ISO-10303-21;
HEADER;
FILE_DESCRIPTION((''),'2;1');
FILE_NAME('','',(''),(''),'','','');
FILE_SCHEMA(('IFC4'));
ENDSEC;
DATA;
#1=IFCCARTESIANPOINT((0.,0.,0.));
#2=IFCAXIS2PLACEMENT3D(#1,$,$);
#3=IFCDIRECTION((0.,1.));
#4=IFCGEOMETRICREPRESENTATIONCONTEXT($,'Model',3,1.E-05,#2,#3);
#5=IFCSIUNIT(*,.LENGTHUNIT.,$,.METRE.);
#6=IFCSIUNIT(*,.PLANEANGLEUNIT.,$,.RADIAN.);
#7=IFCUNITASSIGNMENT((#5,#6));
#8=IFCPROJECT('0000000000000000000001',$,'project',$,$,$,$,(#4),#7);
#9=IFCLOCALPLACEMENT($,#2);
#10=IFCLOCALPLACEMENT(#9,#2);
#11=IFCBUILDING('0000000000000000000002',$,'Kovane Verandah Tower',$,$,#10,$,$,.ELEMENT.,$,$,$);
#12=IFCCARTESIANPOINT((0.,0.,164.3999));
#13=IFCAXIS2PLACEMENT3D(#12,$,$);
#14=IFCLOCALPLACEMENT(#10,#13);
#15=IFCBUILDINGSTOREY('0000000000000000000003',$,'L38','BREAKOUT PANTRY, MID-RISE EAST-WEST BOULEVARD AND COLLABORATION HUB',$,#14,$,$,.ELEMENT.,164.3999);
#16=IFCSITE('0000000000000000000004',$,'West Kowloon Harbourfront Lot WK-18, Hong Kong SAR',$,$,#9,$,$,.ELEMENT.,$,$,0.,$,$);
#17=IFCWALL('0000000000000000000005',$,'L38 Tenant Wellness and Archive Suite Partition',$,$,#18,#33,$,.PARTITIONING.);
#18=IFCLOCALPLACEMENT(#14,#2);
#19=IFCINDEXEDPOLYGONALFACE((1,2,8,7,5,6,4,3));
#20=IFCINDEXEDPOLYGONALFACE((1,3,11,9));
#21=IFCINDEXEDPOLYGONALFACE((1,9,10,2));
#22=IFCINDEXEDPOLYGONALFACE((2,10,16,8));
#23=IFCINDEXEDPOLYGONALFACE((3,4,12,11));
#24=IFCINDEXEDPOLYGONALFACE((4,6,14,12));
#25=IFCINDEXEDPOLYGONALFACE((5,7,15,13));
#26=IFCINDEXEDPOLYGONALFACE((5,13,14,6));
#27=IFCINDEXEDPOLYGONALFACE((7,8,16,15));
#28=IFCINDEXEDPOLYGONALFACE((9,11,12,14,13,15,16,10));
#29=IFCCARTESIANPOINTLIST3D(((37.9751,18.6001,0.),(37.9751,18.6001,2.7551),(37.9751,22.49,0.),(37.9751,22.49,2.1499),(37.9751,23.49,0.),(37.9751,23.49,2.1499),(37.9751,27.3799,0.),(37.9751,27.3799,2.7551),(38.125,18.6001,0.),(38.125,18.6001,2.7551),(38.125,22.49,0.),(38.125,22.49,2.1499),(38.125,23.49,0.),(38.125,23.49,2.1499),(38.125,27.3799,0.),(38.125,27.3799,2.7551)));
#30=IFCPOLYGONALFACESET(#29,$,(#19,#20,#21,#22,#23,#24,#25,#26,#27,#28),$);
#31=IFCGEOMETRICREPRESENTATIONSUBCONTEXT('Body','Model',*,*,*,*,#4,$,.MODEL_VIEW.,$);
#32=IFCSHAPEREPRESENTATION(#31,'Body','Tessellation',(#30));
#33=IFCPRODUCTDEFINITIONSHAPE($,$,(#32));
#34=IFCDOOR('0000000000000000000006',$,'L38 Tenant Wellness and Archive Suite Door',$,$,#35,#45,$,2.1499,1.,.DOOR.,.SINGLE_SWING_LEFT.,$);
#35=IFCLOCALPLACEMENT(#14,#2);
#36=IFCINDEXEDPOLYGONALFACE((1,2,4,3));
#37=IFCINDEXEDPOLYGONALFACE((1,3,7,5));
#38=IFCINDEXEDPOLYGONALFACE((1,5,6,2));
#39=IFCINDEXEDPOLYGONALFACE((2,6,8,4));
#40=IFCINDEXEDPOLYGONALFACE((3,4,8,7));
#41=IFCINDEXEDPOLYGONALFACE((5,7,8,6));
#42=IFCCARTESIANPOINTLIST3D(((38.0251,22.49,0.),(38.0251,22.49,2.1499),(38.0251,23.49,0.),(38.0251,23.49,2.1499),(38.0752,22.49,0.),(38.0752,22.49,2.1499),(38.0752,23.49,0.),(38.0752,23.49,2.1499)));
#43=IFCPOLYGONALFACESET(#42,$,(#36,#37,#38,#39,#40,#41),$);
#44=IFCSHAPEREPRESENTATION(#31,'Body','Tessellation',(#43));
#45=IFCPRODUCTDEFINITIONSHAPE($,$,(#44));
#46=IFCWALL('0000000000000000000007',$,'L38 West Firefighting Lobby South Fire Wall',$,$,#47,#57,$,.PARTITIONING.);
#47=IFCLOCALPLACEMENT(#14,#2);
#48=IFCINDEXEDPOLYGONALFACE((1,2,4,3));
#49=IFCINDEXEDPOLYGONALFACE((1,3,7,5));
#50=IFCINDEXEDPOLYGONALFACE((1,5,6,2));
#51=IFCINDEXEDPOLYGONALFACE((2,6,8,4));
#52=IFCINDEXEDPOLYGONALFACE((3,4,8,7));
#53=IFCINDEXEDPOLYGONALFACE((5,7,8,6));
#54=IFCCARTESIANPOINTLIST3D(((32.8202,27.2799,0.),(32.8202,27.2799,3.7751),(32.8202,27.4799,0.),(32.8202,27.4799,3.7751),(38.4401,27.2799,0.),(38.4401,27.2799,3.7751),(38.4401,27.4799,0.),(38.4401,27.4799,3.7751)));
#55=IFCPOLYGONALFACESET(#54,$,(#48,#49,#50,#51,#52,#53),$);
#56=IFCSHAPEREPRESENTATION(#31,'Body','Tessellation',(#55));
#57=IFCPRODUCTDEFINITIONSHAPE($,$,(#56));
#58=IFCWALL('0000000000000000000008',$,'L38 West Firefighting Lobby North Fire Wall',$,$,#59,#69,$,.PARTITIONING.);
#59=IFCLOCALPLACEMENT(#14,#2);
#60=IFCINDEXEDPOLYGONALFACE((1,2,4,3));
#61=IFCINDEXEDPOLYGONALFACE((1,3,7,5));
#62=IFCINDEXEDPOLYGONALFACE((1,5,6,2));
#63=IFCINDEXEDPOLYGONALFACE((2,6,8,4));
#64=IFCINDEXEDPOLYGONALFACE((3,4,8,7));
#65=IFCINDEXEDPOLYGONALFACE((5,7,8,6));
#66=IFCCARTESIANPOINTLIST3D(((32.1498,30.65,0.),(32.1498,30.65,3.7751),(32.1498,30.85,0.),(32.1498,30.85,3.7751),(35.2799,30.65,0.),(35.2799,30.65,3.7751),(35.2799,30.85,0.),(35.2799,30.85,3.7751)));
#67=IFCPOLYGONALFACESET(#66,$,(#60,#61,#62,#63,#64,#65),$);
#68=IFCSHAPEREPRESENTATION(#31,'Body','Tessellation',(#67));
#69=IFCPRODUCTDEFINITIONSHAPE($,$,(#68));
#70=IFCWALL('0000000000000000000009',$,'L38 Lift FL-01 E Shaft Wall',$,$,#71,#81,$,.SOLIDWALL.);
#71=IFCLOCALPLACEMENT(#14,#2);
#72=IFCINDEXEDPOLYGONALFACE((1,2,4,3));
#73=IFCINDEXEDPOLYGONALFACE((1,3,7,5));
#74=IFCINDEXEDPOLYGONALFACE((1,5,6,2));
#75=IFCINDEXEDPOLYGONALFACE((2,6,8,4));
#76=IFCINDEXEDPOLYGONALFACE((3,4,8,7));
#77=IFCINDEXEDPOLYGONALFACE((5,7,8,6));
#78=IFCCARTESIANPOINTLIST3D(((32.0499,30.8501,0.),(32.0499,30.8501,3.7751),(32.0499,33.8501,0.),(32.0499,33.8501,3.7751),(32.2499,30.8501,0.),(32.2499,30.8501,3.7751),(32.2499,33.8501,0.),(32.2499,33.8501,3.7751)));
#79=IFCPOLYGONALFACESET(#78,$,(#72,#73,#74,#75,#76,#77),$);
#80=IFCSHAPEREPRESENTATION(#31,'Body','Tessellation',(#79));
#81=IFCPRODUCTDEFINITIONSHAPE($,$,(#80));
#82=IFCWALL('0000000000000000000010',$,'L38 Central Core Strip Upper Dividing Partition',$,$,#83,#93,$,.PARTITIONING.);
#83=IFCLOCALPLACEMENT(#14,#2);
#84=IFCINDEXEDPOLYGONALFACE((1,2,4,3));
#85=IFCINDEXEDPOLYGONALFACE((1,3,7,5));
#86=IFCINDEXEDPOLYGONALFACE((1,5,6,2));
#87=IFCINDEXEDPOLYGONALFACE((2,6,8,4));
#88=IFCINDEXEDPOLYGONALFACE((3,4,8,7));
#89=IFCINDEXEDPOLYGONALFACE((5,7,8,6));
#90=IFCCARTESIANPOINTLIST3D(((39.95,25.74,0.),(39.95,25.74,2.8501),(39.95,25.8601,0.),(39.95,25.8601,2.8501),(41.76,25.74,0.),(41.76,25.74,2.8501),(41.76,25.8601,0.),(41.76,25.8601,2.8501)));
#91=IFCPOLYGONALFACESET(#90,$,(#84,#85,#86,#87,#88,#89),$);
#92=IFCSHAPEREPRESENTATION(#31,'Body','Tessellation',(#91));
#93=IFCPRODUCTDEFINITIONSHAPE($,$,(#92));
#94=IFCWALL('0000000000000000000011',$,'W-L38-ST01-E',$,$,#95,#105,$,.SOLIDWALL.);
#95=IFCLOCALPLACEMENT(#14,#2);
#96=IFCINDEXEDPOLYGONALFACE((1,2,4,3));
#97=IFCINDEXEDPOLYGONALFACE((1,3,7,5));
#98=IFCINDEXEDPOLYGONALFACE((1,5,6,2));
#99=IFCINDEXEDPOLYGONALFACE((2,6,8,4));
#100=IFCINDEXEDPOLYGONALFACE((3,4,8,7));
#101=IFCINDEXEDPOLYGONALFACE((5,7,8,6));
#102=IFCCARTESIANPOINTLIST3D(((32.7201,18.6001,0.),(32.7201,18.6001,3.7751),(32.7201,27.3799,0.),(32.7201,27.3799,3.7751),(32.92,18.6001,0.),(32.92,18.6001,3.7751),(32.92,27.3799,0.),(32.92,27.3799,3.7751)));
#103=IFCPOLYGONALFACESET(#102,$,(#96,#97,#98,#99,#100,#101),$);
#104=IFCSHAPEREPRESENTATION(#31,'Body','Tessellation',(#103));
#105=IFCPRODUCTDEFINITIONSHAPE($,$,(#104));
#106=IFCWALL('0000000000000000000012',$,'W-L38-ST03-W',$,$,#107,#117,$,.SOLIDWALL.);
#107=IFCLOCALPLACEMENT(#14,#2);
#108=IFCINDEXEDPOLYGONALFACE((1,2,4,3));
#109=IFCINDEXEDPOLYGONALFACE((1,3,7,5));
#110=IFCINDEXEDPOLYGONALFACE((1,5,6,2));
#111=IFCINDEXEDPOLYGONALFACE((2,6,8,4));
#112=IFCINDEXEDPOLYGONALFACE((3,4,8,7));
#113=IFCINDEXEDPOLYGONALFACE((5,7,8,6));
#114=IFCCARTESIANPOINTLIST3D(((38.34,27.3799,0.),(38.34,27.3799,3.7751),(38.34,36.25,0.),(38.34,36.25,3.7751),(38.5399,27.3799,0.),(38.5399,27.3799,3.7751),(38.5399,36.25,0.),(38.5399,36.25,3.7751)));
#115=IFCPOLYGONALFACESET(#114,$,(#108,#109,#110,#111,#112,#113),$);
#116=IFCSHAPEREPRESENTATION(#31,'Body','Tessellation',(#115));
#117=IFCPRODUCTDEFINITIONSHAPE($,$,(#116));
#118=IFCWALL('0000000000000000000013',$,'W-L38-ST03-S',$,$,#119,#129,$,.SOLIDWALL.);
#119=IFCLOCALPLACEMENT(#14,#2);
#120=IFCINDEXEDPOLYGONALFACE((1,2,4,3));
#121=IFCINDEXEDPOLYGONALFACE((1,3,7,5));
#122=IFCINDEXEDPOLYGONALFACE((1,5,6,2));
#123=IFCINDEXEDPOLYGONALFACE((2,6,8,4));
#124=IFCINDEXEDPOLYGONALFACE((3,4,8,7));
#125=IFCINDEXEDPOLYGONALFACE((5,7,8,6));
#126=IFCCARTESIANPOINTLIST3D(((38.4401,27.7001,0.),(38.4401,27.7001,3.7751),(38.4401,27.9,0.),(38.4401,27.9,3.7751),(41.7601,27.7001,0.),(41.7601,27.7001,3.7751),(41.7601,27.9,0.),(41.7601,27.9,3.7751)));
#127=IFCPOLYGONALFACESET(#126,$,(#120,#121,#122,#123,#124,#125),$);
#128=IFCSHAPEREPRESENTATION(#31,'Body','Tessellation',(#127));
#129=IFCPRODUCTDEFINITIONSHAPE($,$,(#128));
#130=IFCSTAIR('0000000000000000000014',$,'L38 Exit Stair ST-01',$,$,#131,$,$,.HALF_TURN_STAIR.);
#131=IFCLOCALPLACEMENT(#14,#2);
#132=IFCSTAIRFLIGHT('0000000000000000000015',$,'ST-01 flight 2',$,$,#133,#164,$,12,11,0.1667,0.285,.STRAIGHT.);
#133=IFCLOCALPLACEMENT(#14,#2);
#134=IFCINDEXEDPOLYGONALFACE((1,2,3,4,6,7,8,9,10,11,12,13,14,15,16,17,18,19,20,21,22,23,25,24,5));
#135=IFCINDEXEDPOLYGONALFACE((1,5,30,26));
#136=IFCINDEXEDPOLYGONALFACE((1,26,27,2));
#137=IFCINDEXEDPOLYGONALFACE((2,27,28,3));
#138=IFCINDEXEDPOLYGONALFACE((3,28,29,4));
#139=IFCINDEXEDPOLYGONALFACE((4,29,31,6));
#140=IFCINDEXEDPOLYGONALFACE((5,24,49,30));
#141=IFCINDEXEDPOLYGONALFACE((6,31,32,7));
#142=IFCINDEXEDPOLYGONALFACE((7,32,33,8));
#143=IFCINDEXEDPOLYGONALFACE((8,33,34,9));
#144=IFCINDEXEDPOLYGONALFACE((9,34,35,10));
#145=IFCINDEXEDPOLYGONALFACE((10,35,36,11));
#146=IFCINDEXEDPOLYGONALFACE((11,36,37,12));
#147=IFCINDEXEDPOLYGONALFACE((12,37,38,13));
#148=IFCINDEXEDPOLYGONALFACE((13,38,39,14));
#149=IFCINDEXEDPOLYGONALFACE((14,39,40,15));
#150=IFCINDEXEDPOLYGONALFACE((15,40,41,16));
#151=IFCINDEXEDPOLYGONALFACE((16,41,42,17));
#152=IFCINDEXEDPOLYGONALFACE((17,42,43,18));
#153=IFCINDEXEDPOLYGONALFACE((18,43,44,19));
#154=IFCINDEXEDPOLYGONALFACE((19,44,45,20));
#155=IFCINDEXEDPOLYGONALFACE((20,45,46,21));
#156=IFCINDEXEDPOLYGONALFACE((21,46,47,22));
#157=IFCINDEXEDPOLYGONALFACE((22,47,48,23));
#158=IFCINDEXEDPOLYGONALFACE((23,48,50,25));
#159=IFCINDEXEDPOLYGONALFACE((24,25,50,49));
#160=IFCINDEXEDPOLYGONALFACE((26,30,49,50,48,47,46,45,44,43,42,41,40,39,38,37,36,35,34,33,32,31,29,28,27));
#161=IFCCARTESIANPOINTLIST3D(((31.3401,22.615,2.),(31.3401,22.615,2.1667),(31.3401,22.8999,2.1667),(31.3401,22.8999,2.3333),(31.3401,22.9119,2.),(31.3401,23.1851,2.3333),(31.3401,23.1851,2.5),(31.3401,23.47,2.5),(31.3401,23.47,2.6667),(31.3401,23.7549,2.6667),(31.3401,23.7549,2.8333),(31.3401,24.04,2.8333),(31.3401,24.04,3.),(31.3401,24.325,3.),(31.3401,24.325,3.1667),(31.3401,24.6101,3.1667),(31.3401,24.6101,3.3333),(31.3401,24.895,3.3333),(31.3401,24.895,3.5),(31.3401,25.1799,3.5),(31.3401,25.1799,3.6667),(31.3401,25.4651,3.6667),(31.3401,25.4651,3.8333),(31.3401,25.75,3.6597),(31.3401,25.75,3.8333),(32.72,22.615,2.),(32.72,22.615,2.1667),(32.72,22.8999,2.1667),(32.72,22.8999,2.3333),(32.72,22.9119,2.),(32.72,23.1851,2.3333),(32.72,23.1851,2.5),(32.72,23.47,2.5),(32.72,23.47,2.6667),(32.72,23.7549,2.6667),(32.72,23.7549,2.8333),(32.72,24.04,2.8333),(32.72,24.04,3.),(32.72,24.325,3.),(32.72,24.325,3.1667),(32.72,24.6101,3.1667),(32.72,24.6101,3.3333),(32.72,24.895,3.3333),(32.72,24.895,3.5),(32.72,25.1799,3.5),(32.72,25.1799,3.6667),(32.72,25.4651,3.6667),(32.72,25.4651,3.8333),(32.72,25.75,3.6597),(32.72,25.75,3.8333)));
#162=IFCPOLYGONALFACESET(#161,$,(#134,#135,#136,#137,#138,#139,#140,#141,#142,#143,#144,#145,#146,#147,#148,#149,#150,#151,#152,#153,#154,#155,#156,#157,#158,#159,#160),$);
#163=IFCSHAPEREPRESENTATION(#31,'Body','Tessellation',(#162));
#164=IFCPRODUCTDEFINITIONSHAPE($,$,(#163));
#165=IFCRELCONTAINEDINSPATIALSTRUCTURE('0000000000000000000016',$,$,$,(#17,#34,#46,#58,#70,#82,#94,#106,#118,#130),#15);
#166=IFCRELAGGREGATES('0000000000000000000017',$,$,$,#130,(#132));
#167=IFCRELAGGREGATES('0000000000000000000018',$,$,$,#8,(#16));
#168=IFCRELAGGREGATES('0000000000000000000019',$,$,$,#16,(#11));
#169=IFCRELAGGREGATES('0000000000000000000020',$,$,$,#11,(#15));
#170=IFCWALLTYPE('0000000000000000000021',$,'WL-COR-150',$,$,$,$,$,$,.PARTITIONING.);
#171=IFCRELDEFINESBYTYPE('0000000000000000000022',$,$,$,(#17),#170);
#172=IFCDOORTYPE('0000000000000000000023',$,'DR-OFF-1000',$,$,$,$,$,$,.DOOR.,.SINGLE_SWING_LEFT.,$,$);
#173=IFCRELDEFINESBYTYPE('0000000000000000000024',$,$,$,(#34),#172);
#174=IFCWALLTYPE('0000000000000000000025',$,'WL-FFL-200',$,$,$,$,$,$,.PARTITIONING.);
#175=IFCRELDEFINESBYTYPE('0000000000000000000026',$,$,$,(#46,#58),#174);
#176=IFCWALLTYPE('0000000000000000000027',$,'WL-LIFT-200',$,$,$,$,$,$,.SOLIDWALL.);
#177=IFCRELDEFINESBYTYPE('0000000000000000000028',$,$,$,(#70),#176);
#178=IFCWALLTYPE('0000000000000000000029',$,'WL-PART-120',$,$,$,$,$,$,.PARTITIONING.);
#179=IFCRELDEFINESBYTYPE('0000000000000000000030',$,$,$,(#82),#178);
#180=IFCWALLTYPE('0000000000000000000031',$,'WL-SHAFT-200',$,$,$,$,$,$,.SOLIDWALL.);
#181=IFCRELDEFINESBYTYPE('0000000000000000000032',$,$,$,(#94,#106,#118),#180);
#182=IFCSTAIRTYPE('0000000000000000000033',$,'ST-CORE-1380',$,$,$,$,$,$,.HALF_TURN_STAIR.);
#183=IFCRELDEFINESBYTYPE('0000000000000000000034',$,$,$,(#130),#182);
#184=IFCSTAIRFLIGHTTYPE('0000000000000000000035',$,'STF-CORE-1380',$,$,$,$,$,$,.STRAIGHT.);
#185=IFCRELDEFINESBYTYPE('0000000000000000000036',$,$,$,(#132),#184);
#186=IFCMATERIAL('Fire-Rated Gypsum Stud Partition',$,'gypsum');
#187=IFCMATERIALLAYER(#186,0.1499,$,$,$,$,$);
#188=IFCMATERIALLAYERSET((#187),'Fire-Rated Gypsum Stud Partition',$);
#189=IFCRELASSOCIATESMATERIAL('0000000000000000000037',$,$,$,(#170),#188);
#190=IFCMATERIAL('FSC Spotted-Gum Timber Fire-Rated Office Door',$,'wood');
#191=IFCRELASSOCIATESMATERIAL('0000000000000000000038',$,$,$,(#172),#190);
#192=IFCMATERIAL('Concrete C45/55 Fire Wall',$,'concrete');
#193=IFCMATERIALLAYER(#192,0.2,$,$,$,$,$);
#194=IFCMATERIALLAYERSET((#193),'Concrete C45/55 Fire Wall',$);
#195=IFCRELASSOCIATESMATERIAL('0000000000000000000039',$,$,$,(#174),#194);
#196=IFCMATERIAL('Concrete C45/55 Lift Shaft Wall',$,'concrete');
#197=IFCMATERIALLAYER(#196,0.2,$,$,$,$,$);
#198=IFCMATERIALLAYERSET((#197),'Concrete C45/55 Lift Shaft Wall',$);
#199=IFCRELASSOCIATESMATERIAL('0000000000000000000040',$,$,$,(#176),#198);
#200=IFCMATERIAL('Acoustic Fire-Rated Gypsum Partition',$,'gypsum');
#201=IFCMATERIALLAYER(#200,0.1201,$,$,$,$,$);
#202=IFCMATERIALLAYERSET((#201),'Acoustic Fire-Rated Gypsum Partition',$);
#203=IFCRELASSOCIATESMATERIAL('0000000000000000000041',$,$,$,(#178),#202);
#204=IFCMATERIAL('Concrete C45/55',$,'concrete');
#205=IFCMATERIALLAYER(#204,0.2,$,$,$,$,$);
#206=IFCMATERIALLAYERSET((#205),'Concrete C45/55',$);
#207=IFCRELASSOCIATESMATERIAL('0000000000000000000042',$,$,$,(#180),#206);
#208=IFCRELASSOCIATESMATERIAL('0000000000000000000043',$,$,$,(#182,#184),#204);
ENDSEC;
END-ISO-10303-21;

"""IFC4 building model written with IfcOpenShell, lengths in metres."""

from ifc_helpers import new_model, si_unit, direction, frame, frame_2d, origin, place, context, subcontext, project, spatial, polyline, rectangle, outline, extrude, material, layer, layer_set, type_object, element, fill, aggregate, save


model = new_model("IFC4")

# Units and contexts
model_context = context("Model", 3, precision=1e-05, world=origin(), true_north=direction((0.0, 1.0)))
body_context = subcontext(model_context, "Body", "Model", "MODEL_VIEW")
ifc_project = project(units=[si_unit("LENGTHUNIT", "METRE"), si_unit("PLANEANGLEUNIT", "RADIAN")], contexts=[model_context])

# Site, building, storey
site_placement = place(None, origin())
site = spatial("IfcSite", under=ifc_project, at=site_placement, Name="West Kowloon Harbourfront Lot WK-18, Hong Kong SAR", CompositionType="ELEMENT", RefElevation=0.0)
building_placement = place(site_placement, origin())
building = spatial("IfcBuilding", under=site, at=building_placement, Name="Kovane Verandah Tower", CompositionType="ELEMENT")
storey_placement = place(building_placement, frame((0.0, 0.0, 164.3999)))
storey = spatial("IfcBuildingStorey", under=building, at=storey_placement, Name="L38", Description="BREAKOUT PANTRY, MID-RISE EAST-WEST BOULEVARD AND COLLABORATION HUB", CompositionType="ELEMENT", Elevation=164.3999)

# Shared definitions
ifc_material_1 = material(Name="Fire-Rated Gypsum Stud Partition", Category="gypsum")
ifc_layer_1 = layer(ifc_material_1, 0.1499)
ifc_layer_set_1 = layer_set([ifc_layer_1], Name="Fire-Rated Gypsum Stud Partition")
wall_type_1 = type_object("IfcWallType", Name="WL-COR-150", PredefinedType="PARTITIONING", material=ifc_layer_set_1)

# Wall, opening, door
wall_1_placement = place(storey_placement, frame((38.05, 18.6001, 0.0), z_axis=(0.0, 0.0, 1.0), x_axis=(0.0, 1.0, 0.0)))
wall_1 = element("IfcWall", 1, at=wall_1_placement, inside=storey, type_object=wall_type_1, Name="L38 Tenant Wellness and Archive Suite Partition", PredefinedType="PARTITIONING", context=body_context, shape_type="SweptSolid", body=[
    extrude(rectangle(XDim=8.7798, YDim=0.1499, at=frame_2d((4.3899, 0.0))), origin(), (0.0, 0.0, 1.0), 2.7551),
])
opening_1_placement = place(wall_1_placement, frame((3.8899, 0.0, 0.0)))
opening_1 = element("IfcOpeningElement", 2, at=opening_1_placement, cuts=wall_1, PredefinedType="OPENING", context=body_context, shape_type="SweptSolid", body=[
    extrude(rectangle(XDim=1.0, YDim=2.1499, at=frame_2d((0.5, 1.075))), frame((0.0, 0.075, 0.0), z_axis=(0.0, -1.0, 0.0), x_axis=(1.0, 0.0, 0.0)), (0.0, 0.0, 1.0), 0.1499),
])
ifc_material_2 = material(Name="FSC Spotted-Gum Timber Fire-Rated Office Door", Category="wood")
door_type_1 = type_object("IfcDoorType", Name="DR-OFF-1000", OperationType="SINGLE_SWING_LEFT", PredefinedType="DOOR", material=ifc_material_2)
door_1_placement = place(opening_1_placement, origin())
door_1 = element("IfcDoor", 3, at=door_1_placement, inside=storey, type_object=door_type_1, Name="L38 Tenant Wellness and Archive Suite Door", OperationType="SINGLE_SWING_LEFT", OverallHeight=2.1499, OverallWidth=1.0, PredefinedType="DOOR", context=body_context, shape_type="SweptSolid", body=[
    extrude(rectangle(XDim=1.0, YDim=2.1499, at=frame_2d((0.5, 1.075))), frame((0.0, 0.0249, 0.0), z_axis=(0.0, -1.0, 0.0), x_axis=(1.0, 0.0, 0.0)), (0.0, 0.0, 1.0), 0.05),
])
fill(opening_1, door_1)
ifc_material_3 = material(Name="Concrete C45/55 Fire Wall", Category="concrete")
ifc_layer_2 = layer(ifc_material_3, 0.2)
ifc_layer_set_2 = layer_set([ifc_layer_2], Name="Concrete C45/55 Fire Wall")
wall_type_2 = type_object("IfcWallType", Name="WL-FFL-200", PredefinedType="PARTITIONING", material=ifc_layer_set_2)

# Walls
wall_2_placement = place(storey_placement, frame((32.8201, 27.3799, 0.0), z_axis=(0.0, 0.0, 1.0), x_axis=(1.0, 0.0, 0.0)))
element("IfcWall", 4, at=wall_2_placement, inside=storey, type_object=wall_type_2, Name="L38 West Firefighting Lobby South Fire Wall", PredefinedType="PARTITIONING", context=body_context, shape_type="SweptSolid", body=[
    extrude(rectangle(XDim=5.6199, YDim=0.2, at=frame_2d((2.8101, 0.0))), origin(), (0.0, 0.0, 1.0), 3.7751),
])
wall_3_placement = place(storey_placement, frame((32.1499, 30.75, 0.0), z_axis=(0.0, 0.0, 1.0), x_axis=(1.0, 0.0, 0.0)))
element("IfcWall", 5, at=wall_3_placement, inside=storey, type_object=wall_type_2, Name="L38 West Firefighting Lobby North Fire Wall", PredefinedType="PARTITIONING", context=body_context, shape_type="SweptSolid", body=[
    extrude(rectangle(XDim=3.1301, YDim=0.2, at=frame_2d((1.5649, 0.0))), origin(), (0.0, 0.0, 1.0), 3.7751),
])
ifc_material_4 = material(Name="Concrete C45/55 Lift Shaft Wall", Category="concrete")
ifc_layer_3 = layer(ifc_material_4, 0.2)
ifc_layer_set_3 = layer_set([ifc_layer_3], Name="Concrete C45/55 Lift Shaft Wall")
wall_type_3 = type_object("IfcWallType", Name="WL-LIFT-200", PredefinedType="SOLIDWALL", material=ifc_layer_set_3)
wall_4_placement = place(storey_placement, frame((32.1499, 30.8501, 0.0), z_axis=(0.0, 0.0, 1.0), x_axis=(0.0, 1.0, 0.0)))
element("IfcWall", 6, at=wall_4_placement, inside=storey, type_object=wall_type_3, Name="L38 Lift FL-01 E Shaft Wall", PredefinedType="SOLIDWALL", context=body_context, shape_type="SweptSolid", body=[
    extrude(rectangle(XDim=3.0, YDim=0.2, at=frame_2d((1.5, 0.0))), origin(), (0.0, 0.0, 1.0), 3.7751),
])
ifc_material_5 = material(Name="Acoustic Fire-Rated Gypsum Partition", Category="gypsum")
ifc_layer_4 = layer(ifc_material_5, 0.1201)
ifc_layer_set_4 = layer_set([ifc_layer_4], Name="Acoustic Fire-Rated Gypsum Partition")
wall_type_4 = type_object("IfcWallType", Name="WL-PART-120", PredefinedType="PARTITIONING", material=ifc_layer_set_4)
wall_5_placement = place(storey_placement, frame((39.95, 25.8, 0.0), z_axis=(0.0, 0.0, 1.0), x_axis=(1.0, 0.0, 0.0)))
element("IfcWall", 7, at=wall_5_placement, inside=storey, type_object=wall_type_4, Name="L38 Central Core Strip Upper Dividing Partition", PredefinedType="PARTITIONING", context=body_context, shape_type="SweptSolid", body=[
    extrude(rectangle(XDim=1.8101, YDim=0.1201, at=frame_2d((0.905, 0.0))), origin(), (0.0, 0.0, 1.0), 2.8501),
])
ifc_material_6 = material(Name="Concrete C45/55", Category="concrete")
ifc_layer_5 = layer(ifc_material_6, 0.2)
ifc_layer_set_5 = layer_set([ifc_layer_5], Name="Concrete C45/55")
wall_type_5 = type_object("IfcWallType", Name="WL-SHAFT-200", PredefinedType="SOLIDWALL", material=ifc_layer_set_5)
wall_6_placement = place(storey_placement, frame((32.8201, 18.6001, 0.0), z_axis=(0.0, 0.0, 1.0), x_axis=(0.0, 1.0, 0.0)))
element("IfcWall", 8, at=wall_6_placement, inside=storey, type_object=wall_type_5, Name="W-L38-ST01-E", PredefinedType="SOLIDWALL", context=body_context, shape_type="SweptSolid", body=[
    extrude(rectangle(XDim=8.7798, YDim=0.2, at=frame_2d((4.3899, 0.0))), origin(), (0.0, 0.0, 1.0), 3.7751),
])
wall_7_placement = place(storey_placement, frame((38.4399, 27.3799, 0.0), z_axis=(0.0, 0.0, 1.0), x_axis=(0.0, 1.0, 0.0)))
element("IfcWall", 9, at=wall_7_placement, inside=storey, type_object=wall_type_5, Name="W-L38-ST03-W", PredefinedType="SOLIDWALL", context=body_context, shape_type="SweptSolid", body=[
    extrude(rectangle(XDim=8.8701, YDim=0.2, at=frame_2d((4.4351, 0.0))), origin(), (0.0, 0.0, 1.0), 3.7751),
])
wall_8_placement = place(storey_placement, frame((38.4399, 27.8, 0.0), z_axis=(0.0, 0.0, 1.0), x_axis=(1.0, 0.0, 0.0)))
element("IfcWall", 10, at=wall_8_placement, inside=storey, type_object=wall_type_5, Name="W-L38-ST03-S", PredefinedType="SOLIDWALL", context=body_context, shape_type="SweptSolid", body=[
    extrude(rectangle(XDim=3.3201, YDim=0.2, at=frame_2d((1.6602, 0.0))), origin(), (0.0, 0.0, 1.0), 3.7751),
])

# Stair, stair flight
stair_type = type_object("IfcStairType", Name="ST-CORE-1380", PredefinedType="HALF_TURN_STAIR", material=ifc_material_6)
stair_placement = place(storey_placement, origin())
stair = element("IfcStair", 11, at=stair_placement, inside=storey, type_object=stair_type, Name="L38 Exit Stair ST-01", PredefinedType="HALF_TURN_STAIR")
stair_flight_type = type_object("IfcStairFlightType", Name="STF-CORE-1380", PredefinedType="STRAIGHT", material=ifc_material_6)
stair_flight_placement = place(storey_placement, frame((32.03, 22.615, 2.0), z_axis=(0.0, 0.0, 1.0), x_axis=(0.0, 1.0, 0.0)))
stair_flight = element("IfcStairFlight", 12, at=stair_flight_placement, type_object=stair_flight_type, Name="ST-01 flight 2", NumberOfRisers=12, NumberOfTreads=11, PredefinedType="STRAIGHT", RiserHeight=0.1667, TreadLength=0.285, context=body_context, shape_type="SweptSolid", body=[
    extrude(outline(polyline([(0.0, 0.0), (0.0, 0.1667), (0.2849, 0.1667), (0.2849, 0.3333), (0.5701, 0.3333), (0.5701, 0.5), (0.855, 0.5), (0.855, 0.6667), (1.1399, 0.6667), (1.1399, 0.8333), (1.425, 0.8333), (1.425, 1.0), (1.71, 1.0), (1.71, 1.1667), (1.9951, 1.1667), (1.9951, 1.3333), (2.28, 1.3333), (2.28, 1.5), (2.5649, 1.5), (2.5649, 1.6667), (2.8501, 1.6667), (2.8501, 1.8333), (3.135, 1.8333), (3.135, 2.0), (3.135, 1.6597), (0.2969, 0.0), (0.0, 0.0)])), frame((0.0, 0.6899, 0.0), z_axis=(0.0, -1.0, 0.0), x_axis=(1.0, 0.0, 0.0)), (0.0, 0.0, 1.0), 1.3799),
])
aggregate(stair, [stair_flight])

save(model, "model.ifc")
